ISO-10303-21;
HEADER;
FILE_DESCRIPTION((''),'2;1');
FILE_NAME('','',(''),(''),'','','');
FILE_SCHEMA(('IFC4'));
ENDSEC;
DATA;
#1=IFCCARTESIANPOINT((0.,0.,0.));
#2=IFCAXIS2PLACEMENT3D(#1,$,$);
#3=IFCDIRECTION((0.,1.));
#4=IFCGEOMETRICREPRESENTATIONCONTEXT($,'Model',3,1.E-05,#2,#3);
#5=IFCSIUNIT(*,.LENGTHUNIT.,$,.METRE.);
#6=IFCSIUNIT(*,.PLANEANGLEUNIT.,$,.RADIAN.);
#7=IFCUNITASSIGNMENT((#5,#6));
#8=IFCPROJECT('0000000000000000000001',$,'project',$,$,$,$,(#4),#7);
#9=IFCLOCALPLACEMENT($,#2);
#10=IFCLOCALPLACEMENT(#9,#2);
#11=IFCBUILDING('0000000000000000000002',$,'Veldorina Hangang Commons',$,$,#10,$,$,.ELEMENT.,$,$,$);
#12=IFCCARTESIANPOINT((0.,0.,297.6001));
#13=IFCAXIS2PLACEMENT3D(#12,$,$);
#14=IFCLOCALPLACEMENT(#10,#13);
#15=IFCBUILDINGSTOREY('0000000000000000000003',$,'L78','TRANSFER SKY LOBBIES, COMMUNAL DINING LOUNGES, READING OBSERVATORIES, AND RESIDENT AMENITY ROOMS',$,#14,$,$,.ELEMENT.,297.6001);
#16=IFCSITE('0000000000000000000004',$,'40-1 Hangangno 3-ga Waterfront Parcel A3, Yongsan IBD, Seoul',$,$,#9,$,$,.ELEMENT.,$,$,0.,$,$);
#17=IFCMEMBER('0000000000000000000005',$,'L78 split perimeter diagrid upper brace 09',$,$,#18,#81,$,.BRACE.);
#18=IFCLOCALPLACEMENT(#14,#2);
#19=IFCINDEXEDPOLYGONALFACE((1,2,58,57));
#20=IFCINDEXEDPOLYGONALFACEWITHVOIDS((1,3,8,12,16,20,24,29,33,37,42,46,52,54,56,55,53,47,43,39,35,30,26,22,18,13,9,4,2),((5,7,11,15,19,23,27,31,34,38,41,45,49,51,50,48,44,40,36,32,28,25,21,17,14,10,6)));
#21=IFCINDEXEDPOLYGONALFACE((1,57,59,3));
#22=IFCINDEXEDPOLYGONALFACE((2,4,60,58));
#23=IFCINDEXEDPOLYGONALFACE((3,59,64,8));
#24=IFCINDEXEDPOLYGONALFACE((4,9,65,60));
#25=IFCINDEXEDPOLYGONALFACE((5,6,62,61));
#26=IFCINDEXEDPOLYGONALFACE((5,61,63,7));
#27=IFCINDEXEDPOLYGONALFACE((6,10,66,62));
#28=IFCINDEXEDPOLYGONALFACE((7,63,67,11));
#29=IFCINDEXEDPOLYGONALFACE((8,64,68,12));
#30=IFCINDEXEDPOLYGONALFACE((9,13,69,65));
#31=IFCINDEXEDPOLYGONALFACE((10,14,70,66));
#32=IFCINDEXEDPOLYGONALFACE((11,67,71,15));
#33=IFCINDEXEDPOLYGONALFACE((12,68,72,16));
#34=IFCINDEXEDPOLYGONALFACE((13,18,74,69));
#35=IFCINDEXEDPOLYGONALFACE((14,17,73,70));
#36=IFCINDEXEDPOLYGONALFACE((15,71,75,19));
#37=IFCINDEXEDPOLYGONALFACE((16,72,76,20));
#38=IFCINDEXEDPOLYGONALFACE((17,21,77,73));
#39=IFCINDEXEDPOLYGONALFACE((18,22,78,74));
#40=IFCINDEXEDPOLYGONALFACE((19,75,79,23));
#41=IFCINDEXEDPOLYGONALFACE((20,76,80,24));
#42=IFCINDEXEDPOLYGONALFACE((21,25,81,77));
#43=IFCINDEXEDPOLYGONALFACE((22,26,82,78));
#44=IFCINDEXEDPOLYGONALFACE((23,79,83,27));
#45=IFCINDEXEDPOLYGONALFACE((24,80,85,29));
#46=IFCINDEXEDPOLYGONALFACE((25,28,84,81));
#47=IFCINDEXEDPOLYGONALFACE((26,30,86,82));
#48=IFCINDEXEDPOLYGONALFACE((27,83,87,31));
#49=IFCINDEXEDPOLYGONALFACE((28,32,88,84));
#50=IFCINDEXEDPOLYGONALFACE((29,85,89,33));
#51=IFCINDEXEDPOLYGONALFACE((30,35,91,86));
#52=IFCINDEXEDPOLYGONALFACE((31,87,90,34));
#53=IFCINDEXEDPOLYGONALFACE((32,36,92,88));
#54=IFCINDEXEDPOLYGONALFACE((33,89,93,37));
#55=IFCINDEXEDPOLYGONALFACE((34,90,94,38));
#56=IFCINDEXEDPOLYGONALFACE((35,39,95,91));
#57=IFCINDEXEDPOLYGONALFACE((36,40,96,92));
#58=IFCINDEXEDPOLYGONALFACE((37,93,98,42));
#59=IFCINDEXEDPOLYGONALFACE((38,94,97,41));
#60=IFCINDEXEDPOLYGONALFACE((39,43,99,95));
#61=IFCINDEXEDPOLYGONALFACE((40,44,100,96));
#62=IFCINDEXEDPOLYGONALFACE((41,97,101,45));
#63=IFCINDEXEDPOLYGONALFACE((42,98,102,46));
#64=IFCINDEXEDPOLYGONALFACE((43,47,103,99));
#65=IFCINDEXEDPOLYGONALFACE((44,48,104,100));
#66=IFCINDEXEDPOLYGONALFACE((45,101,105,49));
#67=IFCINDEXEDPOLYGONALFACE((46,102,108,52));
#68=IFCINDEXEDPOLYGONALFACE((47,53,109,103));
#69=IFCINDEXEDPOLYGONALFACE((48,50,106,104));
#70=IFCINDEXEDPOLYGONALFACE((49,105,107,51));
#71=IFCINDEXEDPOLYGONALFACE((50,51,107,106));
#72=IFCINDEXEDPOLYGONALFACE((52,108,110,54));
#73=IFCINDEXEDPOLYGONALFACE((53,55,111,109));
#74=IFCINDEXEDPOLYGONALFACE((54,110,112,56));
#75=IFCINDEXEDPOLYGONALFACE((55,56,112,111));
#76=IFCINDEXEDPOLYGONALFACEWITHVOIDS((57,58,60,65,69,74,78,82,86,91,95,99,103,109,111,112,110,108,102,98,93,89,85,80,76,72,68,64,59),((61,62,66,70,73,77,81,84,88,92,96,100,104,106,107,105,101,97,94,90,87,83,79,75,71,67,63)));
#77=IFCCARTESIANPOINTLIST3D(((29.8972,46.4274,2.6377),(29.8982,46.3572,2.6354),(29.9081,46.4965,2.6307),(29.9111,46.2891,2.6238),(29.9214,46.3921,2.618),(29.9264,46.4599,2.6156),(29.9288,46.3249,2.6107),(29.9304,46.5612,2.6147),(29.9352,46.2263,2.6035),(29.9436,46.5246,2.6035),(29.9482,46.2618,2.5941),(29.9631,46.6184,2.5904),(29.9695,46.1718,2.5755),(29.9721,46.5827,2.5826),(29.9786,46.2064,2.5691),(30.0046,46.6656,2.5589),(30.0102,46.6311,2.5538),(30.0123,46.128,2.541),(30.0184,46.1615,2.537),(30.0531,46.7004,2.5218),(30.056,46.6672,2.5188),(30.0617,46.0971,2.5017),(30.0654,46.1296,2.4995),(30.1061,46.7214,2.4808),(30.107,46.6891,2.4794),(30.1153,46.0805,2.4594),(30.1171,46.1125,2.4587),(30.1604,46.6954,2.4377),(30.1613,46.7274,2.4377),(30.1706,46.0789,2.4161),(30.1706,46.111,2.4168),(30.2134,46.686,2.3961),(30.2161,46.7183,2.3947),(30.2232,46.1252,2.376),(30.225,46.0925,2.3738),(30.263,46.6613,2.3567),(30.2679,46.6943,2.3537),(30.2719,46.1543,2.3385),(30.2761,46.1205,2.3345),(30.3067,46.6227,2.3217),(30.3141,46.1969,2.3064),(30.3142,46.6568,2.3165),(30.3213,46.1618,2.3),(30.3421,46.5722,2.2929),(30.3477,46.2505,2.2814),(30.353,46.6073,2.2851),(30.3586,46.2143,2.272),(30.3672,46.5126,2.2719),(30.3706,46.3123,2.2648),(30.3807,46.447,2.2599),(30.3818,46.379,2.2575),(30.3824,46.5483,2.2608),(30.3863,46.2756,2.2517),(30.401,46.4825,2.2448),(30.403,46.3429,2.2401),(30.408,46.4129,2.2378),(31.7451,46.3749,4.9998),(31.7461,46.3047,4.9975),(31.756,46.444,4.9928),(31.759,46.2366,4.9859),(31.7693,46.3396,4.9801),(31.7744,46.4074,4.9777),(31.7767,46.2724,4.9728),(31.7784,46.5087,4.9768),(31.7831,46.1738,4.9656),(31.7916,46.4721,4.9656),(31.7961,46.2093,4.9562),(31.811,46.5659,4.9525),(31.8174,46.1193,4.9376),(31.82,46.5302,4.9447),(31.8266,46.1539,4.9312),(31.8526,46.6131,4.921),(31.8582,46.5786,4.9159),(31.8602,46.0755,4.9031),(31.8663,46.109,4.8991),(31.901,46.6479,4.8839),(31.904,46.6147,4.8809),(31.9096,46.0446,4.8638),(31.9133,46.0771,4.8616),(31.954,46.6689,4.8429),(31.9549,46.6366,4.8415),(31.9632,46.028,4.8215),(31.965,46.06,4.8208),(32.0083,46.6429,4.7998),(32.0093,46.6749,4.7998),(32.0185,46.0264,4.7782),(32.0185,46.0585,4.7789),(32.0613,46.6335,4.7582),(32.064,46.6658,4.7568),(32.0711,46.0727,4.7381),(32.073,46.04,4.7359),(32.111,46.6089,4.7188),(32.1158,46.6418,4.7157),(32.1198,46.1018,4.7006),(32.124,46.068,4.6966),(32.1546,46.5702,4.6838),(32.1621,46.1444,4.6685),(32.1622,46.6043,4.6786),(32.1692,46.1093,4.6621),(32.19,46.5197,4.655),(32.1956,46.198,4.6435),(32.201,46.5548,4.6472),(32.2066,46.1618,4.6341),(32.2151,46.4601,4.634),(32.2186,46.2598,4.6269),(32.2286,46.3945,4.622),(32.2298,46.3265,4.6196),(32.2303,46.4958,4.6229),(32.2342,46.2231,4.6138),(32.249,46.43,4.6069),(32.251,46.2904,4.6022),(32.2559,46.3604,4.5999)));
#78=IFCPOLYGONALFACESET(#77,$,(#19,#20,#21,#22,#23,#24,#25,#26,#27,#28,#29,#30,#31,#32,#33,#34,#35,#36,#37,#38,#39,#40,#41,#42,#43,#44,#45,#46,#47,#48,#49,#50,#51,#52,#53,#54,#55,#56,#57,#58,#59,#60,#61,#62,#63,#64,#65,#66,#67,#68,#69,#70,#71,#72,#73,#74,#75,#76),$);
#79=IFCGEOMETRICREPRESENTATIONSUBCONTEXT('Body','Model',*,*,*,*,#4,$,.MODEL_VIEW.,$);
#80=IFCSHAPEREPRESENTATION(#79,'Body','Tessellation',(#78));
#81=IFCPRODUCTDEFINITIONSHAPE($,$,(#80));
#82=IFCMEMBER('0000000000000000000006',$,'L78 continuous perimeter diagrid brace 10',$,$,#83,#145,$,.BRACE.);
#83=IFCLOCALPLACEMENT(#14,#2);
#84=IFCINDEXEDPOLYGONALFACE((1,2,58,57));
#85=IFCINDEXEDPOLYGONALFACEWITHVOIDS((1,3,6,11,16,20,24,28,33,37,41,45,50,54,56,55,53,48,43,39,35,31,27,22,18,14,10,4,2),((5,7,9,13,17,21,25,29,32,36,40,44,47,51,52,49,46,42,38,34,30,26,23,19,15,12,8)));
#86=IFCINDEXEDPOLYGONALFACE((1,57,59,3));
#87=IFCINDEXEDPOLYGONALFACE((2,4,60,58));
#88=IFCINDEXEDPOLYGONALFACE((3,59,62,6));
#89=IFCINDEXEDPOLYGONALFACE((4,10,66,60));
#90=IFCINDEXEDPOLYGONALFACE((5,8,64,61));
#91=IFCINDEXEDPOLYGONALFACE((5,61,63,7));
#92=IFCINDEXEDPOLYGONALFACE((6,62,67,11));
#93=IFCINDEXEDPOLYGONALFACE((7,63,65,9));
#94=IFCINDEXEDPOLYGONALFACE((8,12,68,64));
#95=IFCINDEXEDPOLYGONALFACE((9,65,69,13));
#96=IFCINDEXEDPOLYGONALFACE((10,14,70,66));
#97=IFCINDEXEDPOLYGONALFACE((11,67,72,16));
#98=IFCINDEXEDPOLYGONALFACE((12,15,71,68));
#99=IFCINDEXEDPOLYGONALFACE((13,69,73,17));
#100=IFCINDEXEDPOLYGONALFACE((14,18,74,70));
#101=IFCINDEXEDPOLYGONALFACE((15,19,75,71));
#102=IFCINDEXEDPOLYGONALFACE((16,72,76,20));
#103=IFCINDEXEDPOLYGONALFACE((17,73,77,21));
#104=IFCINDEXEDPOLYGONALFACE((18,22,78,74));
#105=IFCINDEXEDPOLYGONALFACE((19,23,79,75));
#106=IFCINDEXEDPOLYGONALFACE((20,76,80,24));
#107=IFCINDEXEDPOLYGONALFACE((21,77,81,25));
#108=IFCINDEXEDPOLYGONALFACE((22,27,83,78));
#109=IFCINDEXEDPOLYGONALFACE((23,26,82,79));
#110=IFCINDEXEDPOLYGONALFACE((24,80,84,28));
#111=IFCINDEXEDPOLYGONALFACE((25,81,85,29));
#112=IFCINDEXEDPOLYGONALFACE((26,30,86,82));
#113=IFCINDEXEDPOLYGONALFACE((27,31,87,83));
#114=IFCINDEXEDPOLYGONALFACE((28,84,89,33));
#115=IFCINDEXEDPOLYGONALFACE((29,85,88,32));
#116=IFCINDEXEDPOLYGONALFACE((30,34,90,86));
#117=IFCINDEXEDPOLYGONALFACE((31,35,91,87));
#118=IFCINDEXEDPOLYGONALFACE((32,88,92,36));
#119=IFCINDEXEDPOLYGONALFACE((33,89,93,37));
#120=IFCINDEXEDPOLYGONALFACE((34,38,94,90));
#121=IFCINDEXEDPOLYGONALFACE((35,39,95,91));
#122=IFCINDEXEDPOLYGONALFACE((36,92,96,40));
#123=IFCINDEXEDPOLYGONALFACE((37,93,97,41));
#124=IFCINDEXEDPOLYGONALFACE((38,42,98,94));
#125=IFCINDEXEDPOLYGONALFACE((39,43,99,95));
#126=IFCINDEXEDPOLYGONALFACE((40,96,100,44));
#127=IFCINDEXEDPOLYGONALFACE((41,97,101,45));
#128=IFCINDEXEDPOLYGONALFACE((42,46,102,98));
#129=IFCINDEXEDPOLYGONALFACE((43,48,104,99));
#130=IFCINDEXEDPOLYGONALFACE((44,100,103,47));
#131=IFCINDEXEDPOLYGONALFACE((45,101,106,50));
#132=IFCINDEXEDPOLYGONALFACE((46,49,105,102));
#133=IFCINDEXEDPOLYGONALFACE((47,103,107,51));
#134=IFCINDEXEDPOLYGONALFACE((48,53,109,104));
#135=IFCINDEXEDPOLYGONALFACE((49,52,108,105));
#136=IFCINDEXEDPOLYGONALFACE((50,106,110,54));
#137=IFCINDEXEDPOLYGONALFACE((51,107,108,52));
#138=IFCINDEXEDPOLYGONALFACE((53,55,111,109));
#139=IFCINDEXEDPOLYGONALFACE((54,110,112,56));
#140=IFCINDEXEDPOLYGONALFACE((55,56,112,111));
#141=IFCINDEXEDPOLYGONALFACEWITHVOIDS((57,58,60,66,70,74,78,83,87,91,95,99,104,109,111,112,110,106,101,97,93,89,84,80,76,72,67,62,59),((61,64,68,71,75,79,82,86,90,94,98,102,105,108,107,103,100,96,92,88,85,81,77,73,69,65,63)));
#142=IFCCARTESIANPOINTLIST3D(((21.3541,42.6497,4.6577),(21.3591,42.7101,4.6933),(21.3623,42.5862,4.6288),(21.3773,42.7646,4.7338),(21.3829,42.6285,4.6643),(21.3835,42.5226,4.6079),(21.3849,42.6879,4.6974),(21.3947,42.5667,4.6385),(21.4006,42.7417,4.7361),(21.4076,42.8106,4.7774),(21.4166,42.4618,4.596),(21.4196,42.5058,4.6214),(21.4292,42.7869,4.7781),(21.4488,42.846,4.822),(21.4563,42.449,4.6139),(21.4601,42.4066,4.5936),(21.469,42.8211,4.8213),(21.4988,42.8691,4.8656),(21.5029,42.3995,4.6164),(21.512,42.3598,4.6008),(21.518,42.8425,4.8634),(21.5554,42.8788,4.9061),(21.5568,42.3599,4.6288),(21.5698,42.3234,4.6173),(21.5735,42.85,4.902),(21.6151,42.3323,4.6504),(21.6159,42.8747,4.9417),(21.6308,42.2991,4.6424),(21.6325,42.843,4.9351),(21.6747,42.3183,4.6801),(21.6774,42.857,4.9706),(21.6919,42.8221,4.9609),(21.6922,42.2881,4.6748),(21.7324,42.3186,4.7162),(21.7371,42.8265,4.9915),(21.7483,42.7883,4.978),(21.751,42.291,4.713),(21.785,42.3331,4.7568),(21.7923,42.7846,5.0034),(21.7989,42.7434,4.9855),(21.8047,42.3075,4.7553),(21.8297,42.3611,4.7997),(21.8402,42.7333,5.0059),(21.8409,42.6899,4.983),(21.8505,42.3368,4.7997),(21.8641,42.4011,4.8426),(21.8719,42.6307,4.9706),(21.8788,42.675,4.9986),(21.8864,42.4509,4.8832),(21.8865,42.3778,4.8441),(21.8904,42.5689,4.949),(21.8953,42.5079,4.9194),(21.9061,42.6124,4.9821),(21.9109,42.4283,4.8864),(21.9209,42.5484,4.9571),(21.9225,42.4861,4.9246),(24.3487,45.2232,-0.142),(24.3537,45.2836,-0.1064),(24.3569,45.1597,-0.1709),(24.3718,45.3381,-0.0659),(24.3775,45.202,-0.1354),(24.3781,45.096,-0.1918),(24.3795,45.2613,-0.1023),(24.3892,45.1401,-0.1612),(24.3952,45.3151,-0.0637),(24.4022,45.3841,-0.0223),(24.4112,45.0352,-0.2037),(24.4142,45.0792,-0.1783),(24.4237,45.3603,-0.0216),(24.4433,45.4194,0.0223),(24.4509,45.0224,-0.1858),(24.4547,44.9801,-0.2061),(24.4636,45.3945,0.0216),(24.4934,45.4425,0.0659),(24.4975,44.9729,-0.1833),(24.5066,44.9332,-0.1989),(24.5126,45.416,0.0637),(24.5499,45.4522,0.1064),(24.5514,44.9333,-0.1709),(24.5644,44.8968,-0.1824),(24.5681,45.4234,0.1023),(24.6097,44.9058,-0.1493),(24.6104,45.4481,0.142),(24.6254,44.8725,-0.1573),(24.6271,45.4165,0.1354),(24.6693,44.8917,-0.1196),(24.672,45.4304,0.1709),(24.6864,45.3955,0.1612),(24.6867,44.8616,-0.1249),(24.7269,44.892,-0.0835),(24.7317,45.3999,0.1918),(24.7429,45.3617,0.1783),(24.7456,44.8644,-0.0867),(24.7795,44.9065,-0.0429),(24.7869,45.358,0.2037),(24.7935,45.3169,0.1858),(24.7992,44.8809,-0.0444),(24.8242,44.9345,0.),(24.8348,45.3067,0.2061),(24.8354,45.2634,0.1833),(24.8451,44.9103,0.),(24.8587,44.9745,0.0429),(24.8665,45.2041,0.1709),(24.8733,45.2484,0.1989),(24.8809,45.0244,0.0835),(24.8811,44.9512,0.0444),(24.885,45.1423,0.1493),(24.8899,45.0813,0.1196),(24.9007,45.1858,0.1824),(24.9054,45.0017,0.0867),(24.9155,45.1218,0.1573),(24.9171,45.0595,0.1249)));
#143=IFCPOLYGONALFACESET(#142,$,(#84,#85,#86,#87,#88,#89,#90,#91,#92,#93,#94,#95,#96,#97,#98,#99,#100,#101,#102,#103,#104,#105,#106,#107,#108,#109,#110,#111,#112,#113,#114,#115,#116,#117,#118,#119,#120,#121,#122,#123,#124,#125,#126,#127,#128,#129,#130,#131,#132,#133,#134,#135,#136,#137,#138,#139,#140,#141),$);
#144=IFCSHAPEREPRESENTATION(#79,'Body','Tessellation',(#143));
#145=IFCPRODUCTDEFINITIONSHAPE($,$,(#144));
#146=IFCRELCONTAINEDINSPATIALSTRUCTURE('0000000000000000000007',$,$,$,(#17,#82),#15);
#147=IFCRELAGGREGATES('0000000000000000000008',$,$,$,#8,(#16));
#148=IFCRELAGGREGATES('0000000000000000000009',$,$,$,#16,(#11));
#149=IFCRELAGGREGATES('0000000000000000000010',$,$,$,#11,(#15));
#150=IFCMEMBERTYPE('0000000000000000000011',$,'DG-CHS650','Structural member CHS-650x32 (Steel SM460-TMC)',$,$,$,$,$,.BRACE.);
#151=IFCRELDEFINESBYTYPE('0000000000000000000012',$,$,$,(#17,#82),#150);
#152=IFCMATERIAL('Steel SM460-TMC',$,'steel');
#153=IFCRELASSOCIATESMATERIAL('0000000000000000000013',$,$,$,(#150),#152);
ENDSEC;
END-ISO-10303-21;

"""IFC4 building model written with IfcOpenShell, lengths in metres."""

from ifc_helpers import new_model, si_unit, direction, frame, origin, origin_2d, place, context, subcontext, project, spatial, hollow_circle, extrude, material, material_profile, profile_set, type_object, element, save


model = new_model("IFC4")

# Units and contexts
model_context = context("Model", 3, precision=1e-05, world=origin(), true_north=direction((0.0, 1.0)))
body_context = subcontext(model_context, "Body", "Model", "MODEL_VIEW")
ifc_project = project(units=[si_unit("LENGTHUNIT", "METRE"), si_unit("PLANEANGLEUNIT", "RADIAN")], contexts=[model_context])

# Site, building, storey
site_placement = place(None, origin())
site = spatial("IfcSite", under=ifc_project, at=site_placement, Name="40-1 Hangangno 3-ga Waterfront Parcel A3, Yongsan IBD, Seoul", CompositionType="ELEMENT", RefElevation=0.0)
building_placement = place(site_placement, origin())
building = spatial("IfcBuilding", under=site, at=building_placement, Name="Veldorina Hangang Commons", CompositionType="ELEMENT")
storey_placement = place(building_placement, frame((0.0, 0.0, 297.6001)))
storey = spatial("IfcBuildingStorey", under=building, at=storey_placement, Name="L78", Description="TRANSFER SKY LOBBIES, COMMUNAL DINING LOUNGES, READING OBSERVATORIES, AND RESIDENT AMENITY ROOMS", CompositionType="ELEMENT", Elevation=297.6001)

# Shared definitions
ifc_material_1 = material(Name="Steel SM460-TMC", Category="steel")

# Members
ifc_material_profile_1 = material_profile(ifc_material_1, hollow_circle(Radius=0.325, WallThickness=0.032, at=origin_2d()), Name="CHS-650x32")
ifc_profile_set_1 = profile_set([ifc_material_profile_1], Name="Steel SM460-TMC")
member_type_1 = type_object("IfcMemberType", Name="DG-CHS650", Description="Structural member CHS-650x32 (Steel SM460-TMC)", PredefinedType="BRACE", material=ifc_profile_set_1)
member_1_placement = place(storey_placement, frame((30.1521, 46.4026, 2.4377), z_axis=(0.616076, -0.0175, 0.787493), x_axis=(0.028394, 0.999597, 0.0)))
element("IfcMember", 1, at=member_1_placement, inside=storey, type_object=member_type_1, Name="L78 split perimeter diagrid upper brace 09", PredefinedType="BRACE", context=body_context, shape_type="SweptSolid", body=[
    extrude(hollow_circle(Radius=0.325, WallThickness=0.032, at=origin_2d()), origin(), (0.0, 0.0, 1.0), 2.9995),
])
member_2_placement = place(storey_placement, frame((24.6333, 45.1567, 0.0), z_axis=(-0.481823, -0.414063, 0.772268), x_axis=(0.651763, -0.758422, 0.0)))
element("IfcMember", 2, at=member_2_placement, inside=storey, type_object=member_type_1, Name="L78 continuous perimeter diagrid brace 10", PredefinedType="BRACE", context=body_context, shape_type="SweptSolid", body=[
    extrude(hollow_circle(Radius=0.325, WallThickness=0.032, at=origin_2d()), origin(), (0.0, 0.0, 1.0), 6.2151),
])

save(model, "model.ifc")
